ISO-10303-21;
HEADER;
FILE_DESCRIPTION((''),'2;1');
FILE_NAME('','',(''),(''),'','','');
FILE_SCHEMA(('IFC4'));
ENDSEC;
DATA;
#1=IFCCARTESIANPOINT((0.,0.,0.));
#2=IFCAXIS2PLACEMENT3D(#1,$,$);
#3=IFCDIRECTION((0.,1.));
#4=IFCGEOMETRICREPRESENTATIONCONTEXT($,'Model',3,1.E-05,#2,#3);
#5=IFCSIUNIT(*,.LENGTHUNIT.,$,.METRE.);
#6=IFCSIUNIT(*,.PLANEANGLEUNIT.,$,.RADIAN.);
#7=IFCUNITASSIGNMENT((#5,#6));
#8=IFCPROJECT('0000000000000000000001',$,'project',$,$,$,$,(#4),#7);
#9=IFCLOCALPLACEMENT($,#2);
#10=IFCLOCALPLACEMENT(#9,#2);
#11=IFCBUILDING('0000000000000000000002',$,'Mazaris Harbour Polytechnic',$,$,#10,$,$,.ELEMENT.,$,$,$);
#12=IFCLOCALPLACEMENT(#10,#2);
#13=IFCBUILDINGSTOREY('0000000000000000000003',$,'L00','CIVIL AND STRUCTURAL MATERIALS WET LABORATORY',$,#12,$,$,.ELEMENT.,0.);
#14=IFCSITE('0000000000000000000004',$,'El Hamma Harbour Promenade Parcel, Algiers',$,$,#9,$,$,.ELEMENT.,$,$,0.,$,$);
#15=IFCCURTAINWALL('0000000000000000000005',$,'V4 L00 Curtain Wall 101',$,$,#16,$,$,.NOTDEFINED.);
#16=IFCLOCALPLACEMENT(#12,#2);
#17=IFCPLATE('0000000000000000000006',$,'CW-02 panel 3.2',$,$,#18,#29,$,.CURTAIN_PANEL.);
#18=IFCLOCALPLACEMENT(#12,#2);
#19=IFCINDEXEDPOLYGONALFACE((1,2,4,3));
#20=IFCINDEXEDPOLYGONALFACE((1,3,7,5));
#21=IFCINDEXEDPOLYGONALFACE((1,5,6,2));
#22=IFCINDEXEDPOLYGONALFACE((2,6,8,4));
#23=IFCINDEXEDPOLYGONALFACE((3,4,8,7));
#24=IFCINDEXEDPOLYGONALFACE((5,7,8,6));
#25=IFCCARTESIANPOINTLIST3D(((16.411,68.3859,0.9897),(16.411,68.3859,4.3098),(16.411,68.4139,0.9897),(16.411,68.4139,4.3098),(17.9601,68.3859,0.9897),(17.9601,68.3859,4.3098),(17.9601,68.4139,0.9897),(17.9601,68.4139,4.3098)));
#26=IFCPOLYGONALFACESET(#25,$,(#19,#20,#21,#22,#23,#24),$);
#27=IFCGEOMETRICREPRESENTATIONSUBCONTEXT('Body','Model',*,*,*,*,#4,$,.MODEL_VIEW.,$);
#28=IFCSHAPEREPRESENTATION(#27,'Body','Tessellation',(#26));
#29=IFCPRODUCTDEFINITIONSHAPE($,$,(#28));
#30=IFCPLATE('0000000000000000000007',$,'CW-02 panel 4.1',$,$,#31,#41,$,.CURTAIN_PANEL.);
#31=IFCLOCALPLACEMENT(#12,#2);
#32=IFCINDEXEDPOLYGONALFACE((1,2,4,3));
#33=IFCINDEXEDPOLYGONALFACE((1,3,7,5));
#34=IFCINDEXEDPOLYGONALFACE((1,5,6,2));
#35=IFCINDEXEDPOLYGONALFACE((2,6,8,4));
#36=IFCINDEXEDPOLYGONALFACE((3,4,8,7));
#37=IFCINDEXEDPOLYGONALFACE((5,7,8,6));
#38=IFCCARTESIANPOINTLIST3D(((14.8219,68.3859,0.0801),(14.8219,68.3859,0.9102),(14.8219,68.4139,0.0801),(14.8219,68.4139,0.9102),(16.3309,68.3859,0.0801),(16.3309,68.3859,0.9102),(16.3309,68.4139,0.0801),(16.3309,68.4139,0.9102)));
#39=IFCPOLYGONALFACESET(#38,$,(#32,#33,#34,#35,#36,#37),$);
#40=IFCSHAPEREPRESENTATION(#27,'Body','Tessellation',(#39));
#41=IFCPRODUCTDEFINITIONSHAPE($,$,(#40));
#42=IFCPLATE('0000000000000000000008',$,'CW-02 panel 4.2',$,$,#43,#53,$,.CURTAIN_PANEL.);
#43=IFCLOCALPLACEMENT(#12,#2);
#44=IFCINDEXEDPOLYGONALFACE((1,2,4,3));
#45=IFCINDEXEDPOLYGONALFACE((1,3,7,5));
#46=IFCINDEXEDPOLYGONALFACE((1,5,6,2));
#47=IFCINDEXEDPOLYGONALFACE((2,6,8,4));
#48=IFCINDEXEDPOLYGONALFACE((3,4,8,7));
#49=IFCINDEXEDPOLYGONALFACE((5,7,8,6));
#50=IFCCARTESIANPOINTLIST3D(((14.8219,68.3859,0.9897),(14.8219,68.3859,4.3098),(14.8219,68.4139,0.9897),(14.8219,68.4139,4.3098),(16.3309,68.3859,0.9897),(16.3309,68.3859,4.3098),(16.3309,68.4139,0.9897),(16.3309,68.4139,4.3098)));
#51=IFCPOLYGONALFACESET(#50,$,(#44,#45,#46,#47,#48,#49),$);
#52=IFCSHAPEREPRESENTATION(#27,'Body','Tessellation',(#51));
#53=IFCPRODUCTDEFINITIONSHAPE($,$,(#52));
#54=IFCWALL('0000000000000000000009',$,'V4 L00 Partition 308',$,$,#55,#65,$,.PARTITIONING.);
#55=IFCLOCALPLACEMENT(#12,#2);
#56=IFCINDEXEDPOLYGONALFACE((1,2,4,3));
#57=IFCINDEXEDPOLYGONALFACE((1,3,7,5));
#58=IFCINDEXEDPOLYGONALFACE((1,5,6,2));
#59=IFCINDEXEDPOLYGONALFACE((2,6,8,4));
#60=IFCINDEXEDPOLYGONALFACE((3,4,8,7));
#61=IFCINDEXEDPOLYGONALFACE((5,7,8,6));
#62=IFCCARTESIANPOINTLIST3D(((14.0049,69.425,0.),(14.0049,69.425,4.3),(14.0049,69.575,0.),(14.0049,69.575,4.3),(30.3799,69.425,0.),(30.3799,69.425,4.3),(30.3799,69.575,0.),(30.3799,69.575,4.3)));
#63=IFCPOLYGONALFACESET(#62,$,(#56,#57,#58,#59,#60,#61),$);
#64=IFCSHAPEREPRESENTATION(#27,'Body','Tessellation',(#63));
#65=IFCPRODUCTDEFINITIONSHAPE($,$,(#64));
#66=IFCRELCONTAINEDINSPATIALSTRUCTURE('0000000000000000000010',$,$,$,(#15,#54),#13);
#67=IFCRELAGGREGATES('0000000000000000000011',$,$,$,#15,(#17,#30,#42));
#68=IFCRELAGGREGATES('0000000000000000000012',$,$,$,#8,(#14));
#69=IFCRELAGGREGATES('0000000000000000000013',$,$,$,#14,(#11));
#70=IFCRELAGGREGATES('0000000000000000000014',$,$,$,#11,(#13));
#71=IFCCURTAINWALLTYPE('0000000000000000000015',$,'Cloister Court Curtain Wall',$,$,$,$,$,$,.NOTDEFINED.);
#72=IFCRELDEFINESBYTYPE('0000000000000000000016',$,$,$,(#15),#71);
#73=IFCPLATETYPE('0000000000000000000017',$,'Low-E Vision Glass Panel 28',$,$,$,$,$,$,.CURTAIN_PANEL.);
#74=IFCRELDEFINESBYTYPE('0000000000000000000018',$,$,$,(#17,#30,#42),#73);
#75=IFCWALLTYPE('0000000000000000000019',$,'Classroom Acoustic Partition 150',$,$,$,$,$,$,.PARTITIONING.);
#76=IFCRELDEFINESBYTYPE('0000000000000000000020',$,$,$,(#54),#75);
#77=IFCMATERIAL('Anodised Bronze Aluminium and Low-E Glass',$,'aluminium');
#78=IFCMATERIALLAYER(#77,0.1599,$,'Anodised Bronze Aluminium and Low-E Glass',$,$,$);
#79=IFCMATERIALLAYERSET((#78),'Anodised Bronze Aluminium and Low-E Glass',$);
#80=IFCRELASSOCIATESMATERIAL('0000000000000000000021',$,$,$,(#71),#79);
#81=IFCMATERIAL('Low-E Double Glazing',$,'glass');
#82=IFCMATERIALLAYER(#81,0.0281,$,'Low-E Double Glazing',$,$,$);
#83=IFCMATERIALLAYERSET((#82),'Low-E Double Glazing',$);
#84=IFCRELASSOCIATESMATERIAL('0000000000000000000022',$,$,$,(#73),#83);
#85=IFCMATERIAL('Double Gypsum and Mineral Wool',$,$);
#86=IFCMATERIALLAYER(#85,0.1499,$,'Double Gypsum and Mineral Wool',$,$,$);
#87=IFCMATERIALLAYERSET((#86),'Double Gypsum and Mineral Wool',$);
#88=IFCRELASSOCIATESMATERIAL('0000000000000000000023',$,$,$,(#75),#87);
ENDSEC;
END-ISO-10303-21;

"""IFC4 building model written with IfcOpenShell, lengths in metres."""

from ifc_helpers import new_model, si_unit, direction, frame, frame_2d, origin, origin_2d, place, context, subcontext, project, spatial, rectangle, extrude, material, layer, layer_set, type_object, element, aggregate, save


model = new_model("IFC4")

# Units and contexts
model_context = context("Model", 3, precision=1e-05, world=origin(), true_north=direction((0.0, 1.0)))
body_context = subcontext(model_context, "Body", "Model", "MODEL_VIEW")
ifc_project = project(units=[si_unit("LENGTHUNIT", "METRE"), si_unit("PLANEANGLEUNIT", "RADIAN")], contexts=[model_context])

# Site, building, storey
site_placement = place(None, origin())
site = spatial("IfcSite", under=ifc_project, at=site_placement, Name="El Hamma Harbour Promenade Parcel, Algiers", CompositionType="ELEMENT", RefElevation=0.0)
building_placement = place(site_placement, origin())
building = spatial("IfcBuilding", under=site, at=building_placement, Name="Mazaris Harbour Polytechnic", CompositionType="ELEMENT")
storey_placement = place(building_placement, origin())
storey = spatial("IfcBuildingStorey", under=building, at=storey_placement, Name="L00", Description="CIVIL AND STRUCTURAL MATERIALS WET LABORATORY", CompositionType="ELEMENT", Elevation=0.0)

# Curtain wall
ifc_material_1 = material(Name="Anodised Bronze Aluminium and Low-E Glass", Category="aluminium")
ifc_layer_1 = layer(ifc_material_1, 0.1599, Name="Anodised Bronze Aluminium and Low-E Glass")
ifc_layer_set_1 = layer_set([ifc_layer_1], Name="Anodised Bronze Aluminium and Low-E Glass")
curtain_wall_type = type_object("IfcCurtainWallType", Name="Cloister Court Curtain Wall", PredefinedType="NOTDEFINED", material=ifc_layer_set_1)
curtain_wall_1_placement = place(storey_placement, origin())
curtain_wall_1 = element("IfcCurtainWall", 1, at=curtain_wall_1_placement, inside=storey, type_object=curtain_wall_type, Name="V4 L00 Curtain Wall 101", PredefinedType="NOTDEFINED")

# Plates
ifc_material_2 = material(Name="Low-E Double Glazing", Category="glass")
ifc_layer_2 = layer(ifc_material_2, 0.0281, Name="Low-E Double Glazing")
ifc_layer_set_2 = layer_set([ifc_layer_2], Name="Low-E Double Glazing")
plate_type = type_object("IfcPlateType", Name="Low-E Vision Glass Panel 28", PredefinedType="CURTAIN_PANEL", material=ifc_layer_set_2)
plate_1_placement = place(storey_placement, frame((17.1855, 68.3999, 0.9897), z_axis=(0.0, 0.0, 1.0), x_axis=(-1.0, 0.0, 0.0)))
plate_1 = element("IfcPlate", 2, at=plate_1_placement, type_object=plate_type, Name="CW-02 panel 3.2", PredefinedType="CURTAIN_PANEL", context=body_context, shape_type="SweptSolid", body=[
    extrude(rectangle(XDim=1.5491, YDim=0.0281, at=origin_2d()), origin(), (0.0, 0.0, 1.0), 3.3201),
])
plate_2_placement = place(storey_placement, frame((15.5764, 68.3999, 0.0801), z_axis=(0.0, 0.0, 1.0), x_axis=(-1.0, 0.0, 0.0)))
plate_2 = element("IfcPlate", 3, at=plate_2_placement, type_object=plate_type, Name="CW-02 panel 4.1", PredefinedType="CURTAIN_PANEL", context=body_context, shape_type="SweptSolid", body=[
    extrude(rectangle(XDim=1.509, YDim=0.0281, at=origin_2d()), origin(), (0.0, 0.0, 1.0), 0.8301),
])
plate_3_placement = place(storey_placement, frame((15.5764, 68.3999, 0.9897), z_axis=(0.0, 0.0, 1.0), x_axis=(-1.0, 0.0, 0.0)))
plate_3 = element("IfcPlate", 4, at=plate_3_placement, type_object=plate_type, Name="CW-02 panel 4.2", PredefinedType="CURTAIN_PANEL", context=body_context, shape_type="SweptSolid", body=[
    extrude(rectangle(XDim=1.509, YDim=0.0281, at=origin_2d()), origin(), (0.0, 0.0, 1.0), 3.3201),
])
aggregate(curtain_wall_1, [plate_1, plate_2, plate_3])

# Wall
ifc_material_3 = material(Name="Double Gypsum and Mineral Wool")
ifc_layer_3 = layer(ifc_material_3, 0.1499, Name="Double Gypsum and Mineral Wool")
ifc_layer_set_3 = layer_set([ifc_layer_3], Name="Double Gypsum and Mineral Wool")
wall_type = type_object("IfcWallType", Name="Classroom Acoustic Partition 150", PredefinedType="PARTITIONING", material=ifc_layer_set_3)
wall_placement = place(storey_placement, frame((14.0049, 69.5, 0.0), z_axis=(0.0, 0.0, 1.0), x_axis=(1.0, 0.0, 0.0)))
element("IfcWall", 5, at=wall_placement, inside=storey, type_object=wall_type, Name="V4 L00 Partition 308", PredefinedType="PARTITIONING", context=body_context, shape_type="SweptSolid", body=[
    extrude(rectangle(XDim=16.375, YDim=0.1499, at=frame_2d((8.1875, 0.0))), origin(), (0.0, 0.0, 1.0), 4.3),
])

save(model, "model.ifc")
